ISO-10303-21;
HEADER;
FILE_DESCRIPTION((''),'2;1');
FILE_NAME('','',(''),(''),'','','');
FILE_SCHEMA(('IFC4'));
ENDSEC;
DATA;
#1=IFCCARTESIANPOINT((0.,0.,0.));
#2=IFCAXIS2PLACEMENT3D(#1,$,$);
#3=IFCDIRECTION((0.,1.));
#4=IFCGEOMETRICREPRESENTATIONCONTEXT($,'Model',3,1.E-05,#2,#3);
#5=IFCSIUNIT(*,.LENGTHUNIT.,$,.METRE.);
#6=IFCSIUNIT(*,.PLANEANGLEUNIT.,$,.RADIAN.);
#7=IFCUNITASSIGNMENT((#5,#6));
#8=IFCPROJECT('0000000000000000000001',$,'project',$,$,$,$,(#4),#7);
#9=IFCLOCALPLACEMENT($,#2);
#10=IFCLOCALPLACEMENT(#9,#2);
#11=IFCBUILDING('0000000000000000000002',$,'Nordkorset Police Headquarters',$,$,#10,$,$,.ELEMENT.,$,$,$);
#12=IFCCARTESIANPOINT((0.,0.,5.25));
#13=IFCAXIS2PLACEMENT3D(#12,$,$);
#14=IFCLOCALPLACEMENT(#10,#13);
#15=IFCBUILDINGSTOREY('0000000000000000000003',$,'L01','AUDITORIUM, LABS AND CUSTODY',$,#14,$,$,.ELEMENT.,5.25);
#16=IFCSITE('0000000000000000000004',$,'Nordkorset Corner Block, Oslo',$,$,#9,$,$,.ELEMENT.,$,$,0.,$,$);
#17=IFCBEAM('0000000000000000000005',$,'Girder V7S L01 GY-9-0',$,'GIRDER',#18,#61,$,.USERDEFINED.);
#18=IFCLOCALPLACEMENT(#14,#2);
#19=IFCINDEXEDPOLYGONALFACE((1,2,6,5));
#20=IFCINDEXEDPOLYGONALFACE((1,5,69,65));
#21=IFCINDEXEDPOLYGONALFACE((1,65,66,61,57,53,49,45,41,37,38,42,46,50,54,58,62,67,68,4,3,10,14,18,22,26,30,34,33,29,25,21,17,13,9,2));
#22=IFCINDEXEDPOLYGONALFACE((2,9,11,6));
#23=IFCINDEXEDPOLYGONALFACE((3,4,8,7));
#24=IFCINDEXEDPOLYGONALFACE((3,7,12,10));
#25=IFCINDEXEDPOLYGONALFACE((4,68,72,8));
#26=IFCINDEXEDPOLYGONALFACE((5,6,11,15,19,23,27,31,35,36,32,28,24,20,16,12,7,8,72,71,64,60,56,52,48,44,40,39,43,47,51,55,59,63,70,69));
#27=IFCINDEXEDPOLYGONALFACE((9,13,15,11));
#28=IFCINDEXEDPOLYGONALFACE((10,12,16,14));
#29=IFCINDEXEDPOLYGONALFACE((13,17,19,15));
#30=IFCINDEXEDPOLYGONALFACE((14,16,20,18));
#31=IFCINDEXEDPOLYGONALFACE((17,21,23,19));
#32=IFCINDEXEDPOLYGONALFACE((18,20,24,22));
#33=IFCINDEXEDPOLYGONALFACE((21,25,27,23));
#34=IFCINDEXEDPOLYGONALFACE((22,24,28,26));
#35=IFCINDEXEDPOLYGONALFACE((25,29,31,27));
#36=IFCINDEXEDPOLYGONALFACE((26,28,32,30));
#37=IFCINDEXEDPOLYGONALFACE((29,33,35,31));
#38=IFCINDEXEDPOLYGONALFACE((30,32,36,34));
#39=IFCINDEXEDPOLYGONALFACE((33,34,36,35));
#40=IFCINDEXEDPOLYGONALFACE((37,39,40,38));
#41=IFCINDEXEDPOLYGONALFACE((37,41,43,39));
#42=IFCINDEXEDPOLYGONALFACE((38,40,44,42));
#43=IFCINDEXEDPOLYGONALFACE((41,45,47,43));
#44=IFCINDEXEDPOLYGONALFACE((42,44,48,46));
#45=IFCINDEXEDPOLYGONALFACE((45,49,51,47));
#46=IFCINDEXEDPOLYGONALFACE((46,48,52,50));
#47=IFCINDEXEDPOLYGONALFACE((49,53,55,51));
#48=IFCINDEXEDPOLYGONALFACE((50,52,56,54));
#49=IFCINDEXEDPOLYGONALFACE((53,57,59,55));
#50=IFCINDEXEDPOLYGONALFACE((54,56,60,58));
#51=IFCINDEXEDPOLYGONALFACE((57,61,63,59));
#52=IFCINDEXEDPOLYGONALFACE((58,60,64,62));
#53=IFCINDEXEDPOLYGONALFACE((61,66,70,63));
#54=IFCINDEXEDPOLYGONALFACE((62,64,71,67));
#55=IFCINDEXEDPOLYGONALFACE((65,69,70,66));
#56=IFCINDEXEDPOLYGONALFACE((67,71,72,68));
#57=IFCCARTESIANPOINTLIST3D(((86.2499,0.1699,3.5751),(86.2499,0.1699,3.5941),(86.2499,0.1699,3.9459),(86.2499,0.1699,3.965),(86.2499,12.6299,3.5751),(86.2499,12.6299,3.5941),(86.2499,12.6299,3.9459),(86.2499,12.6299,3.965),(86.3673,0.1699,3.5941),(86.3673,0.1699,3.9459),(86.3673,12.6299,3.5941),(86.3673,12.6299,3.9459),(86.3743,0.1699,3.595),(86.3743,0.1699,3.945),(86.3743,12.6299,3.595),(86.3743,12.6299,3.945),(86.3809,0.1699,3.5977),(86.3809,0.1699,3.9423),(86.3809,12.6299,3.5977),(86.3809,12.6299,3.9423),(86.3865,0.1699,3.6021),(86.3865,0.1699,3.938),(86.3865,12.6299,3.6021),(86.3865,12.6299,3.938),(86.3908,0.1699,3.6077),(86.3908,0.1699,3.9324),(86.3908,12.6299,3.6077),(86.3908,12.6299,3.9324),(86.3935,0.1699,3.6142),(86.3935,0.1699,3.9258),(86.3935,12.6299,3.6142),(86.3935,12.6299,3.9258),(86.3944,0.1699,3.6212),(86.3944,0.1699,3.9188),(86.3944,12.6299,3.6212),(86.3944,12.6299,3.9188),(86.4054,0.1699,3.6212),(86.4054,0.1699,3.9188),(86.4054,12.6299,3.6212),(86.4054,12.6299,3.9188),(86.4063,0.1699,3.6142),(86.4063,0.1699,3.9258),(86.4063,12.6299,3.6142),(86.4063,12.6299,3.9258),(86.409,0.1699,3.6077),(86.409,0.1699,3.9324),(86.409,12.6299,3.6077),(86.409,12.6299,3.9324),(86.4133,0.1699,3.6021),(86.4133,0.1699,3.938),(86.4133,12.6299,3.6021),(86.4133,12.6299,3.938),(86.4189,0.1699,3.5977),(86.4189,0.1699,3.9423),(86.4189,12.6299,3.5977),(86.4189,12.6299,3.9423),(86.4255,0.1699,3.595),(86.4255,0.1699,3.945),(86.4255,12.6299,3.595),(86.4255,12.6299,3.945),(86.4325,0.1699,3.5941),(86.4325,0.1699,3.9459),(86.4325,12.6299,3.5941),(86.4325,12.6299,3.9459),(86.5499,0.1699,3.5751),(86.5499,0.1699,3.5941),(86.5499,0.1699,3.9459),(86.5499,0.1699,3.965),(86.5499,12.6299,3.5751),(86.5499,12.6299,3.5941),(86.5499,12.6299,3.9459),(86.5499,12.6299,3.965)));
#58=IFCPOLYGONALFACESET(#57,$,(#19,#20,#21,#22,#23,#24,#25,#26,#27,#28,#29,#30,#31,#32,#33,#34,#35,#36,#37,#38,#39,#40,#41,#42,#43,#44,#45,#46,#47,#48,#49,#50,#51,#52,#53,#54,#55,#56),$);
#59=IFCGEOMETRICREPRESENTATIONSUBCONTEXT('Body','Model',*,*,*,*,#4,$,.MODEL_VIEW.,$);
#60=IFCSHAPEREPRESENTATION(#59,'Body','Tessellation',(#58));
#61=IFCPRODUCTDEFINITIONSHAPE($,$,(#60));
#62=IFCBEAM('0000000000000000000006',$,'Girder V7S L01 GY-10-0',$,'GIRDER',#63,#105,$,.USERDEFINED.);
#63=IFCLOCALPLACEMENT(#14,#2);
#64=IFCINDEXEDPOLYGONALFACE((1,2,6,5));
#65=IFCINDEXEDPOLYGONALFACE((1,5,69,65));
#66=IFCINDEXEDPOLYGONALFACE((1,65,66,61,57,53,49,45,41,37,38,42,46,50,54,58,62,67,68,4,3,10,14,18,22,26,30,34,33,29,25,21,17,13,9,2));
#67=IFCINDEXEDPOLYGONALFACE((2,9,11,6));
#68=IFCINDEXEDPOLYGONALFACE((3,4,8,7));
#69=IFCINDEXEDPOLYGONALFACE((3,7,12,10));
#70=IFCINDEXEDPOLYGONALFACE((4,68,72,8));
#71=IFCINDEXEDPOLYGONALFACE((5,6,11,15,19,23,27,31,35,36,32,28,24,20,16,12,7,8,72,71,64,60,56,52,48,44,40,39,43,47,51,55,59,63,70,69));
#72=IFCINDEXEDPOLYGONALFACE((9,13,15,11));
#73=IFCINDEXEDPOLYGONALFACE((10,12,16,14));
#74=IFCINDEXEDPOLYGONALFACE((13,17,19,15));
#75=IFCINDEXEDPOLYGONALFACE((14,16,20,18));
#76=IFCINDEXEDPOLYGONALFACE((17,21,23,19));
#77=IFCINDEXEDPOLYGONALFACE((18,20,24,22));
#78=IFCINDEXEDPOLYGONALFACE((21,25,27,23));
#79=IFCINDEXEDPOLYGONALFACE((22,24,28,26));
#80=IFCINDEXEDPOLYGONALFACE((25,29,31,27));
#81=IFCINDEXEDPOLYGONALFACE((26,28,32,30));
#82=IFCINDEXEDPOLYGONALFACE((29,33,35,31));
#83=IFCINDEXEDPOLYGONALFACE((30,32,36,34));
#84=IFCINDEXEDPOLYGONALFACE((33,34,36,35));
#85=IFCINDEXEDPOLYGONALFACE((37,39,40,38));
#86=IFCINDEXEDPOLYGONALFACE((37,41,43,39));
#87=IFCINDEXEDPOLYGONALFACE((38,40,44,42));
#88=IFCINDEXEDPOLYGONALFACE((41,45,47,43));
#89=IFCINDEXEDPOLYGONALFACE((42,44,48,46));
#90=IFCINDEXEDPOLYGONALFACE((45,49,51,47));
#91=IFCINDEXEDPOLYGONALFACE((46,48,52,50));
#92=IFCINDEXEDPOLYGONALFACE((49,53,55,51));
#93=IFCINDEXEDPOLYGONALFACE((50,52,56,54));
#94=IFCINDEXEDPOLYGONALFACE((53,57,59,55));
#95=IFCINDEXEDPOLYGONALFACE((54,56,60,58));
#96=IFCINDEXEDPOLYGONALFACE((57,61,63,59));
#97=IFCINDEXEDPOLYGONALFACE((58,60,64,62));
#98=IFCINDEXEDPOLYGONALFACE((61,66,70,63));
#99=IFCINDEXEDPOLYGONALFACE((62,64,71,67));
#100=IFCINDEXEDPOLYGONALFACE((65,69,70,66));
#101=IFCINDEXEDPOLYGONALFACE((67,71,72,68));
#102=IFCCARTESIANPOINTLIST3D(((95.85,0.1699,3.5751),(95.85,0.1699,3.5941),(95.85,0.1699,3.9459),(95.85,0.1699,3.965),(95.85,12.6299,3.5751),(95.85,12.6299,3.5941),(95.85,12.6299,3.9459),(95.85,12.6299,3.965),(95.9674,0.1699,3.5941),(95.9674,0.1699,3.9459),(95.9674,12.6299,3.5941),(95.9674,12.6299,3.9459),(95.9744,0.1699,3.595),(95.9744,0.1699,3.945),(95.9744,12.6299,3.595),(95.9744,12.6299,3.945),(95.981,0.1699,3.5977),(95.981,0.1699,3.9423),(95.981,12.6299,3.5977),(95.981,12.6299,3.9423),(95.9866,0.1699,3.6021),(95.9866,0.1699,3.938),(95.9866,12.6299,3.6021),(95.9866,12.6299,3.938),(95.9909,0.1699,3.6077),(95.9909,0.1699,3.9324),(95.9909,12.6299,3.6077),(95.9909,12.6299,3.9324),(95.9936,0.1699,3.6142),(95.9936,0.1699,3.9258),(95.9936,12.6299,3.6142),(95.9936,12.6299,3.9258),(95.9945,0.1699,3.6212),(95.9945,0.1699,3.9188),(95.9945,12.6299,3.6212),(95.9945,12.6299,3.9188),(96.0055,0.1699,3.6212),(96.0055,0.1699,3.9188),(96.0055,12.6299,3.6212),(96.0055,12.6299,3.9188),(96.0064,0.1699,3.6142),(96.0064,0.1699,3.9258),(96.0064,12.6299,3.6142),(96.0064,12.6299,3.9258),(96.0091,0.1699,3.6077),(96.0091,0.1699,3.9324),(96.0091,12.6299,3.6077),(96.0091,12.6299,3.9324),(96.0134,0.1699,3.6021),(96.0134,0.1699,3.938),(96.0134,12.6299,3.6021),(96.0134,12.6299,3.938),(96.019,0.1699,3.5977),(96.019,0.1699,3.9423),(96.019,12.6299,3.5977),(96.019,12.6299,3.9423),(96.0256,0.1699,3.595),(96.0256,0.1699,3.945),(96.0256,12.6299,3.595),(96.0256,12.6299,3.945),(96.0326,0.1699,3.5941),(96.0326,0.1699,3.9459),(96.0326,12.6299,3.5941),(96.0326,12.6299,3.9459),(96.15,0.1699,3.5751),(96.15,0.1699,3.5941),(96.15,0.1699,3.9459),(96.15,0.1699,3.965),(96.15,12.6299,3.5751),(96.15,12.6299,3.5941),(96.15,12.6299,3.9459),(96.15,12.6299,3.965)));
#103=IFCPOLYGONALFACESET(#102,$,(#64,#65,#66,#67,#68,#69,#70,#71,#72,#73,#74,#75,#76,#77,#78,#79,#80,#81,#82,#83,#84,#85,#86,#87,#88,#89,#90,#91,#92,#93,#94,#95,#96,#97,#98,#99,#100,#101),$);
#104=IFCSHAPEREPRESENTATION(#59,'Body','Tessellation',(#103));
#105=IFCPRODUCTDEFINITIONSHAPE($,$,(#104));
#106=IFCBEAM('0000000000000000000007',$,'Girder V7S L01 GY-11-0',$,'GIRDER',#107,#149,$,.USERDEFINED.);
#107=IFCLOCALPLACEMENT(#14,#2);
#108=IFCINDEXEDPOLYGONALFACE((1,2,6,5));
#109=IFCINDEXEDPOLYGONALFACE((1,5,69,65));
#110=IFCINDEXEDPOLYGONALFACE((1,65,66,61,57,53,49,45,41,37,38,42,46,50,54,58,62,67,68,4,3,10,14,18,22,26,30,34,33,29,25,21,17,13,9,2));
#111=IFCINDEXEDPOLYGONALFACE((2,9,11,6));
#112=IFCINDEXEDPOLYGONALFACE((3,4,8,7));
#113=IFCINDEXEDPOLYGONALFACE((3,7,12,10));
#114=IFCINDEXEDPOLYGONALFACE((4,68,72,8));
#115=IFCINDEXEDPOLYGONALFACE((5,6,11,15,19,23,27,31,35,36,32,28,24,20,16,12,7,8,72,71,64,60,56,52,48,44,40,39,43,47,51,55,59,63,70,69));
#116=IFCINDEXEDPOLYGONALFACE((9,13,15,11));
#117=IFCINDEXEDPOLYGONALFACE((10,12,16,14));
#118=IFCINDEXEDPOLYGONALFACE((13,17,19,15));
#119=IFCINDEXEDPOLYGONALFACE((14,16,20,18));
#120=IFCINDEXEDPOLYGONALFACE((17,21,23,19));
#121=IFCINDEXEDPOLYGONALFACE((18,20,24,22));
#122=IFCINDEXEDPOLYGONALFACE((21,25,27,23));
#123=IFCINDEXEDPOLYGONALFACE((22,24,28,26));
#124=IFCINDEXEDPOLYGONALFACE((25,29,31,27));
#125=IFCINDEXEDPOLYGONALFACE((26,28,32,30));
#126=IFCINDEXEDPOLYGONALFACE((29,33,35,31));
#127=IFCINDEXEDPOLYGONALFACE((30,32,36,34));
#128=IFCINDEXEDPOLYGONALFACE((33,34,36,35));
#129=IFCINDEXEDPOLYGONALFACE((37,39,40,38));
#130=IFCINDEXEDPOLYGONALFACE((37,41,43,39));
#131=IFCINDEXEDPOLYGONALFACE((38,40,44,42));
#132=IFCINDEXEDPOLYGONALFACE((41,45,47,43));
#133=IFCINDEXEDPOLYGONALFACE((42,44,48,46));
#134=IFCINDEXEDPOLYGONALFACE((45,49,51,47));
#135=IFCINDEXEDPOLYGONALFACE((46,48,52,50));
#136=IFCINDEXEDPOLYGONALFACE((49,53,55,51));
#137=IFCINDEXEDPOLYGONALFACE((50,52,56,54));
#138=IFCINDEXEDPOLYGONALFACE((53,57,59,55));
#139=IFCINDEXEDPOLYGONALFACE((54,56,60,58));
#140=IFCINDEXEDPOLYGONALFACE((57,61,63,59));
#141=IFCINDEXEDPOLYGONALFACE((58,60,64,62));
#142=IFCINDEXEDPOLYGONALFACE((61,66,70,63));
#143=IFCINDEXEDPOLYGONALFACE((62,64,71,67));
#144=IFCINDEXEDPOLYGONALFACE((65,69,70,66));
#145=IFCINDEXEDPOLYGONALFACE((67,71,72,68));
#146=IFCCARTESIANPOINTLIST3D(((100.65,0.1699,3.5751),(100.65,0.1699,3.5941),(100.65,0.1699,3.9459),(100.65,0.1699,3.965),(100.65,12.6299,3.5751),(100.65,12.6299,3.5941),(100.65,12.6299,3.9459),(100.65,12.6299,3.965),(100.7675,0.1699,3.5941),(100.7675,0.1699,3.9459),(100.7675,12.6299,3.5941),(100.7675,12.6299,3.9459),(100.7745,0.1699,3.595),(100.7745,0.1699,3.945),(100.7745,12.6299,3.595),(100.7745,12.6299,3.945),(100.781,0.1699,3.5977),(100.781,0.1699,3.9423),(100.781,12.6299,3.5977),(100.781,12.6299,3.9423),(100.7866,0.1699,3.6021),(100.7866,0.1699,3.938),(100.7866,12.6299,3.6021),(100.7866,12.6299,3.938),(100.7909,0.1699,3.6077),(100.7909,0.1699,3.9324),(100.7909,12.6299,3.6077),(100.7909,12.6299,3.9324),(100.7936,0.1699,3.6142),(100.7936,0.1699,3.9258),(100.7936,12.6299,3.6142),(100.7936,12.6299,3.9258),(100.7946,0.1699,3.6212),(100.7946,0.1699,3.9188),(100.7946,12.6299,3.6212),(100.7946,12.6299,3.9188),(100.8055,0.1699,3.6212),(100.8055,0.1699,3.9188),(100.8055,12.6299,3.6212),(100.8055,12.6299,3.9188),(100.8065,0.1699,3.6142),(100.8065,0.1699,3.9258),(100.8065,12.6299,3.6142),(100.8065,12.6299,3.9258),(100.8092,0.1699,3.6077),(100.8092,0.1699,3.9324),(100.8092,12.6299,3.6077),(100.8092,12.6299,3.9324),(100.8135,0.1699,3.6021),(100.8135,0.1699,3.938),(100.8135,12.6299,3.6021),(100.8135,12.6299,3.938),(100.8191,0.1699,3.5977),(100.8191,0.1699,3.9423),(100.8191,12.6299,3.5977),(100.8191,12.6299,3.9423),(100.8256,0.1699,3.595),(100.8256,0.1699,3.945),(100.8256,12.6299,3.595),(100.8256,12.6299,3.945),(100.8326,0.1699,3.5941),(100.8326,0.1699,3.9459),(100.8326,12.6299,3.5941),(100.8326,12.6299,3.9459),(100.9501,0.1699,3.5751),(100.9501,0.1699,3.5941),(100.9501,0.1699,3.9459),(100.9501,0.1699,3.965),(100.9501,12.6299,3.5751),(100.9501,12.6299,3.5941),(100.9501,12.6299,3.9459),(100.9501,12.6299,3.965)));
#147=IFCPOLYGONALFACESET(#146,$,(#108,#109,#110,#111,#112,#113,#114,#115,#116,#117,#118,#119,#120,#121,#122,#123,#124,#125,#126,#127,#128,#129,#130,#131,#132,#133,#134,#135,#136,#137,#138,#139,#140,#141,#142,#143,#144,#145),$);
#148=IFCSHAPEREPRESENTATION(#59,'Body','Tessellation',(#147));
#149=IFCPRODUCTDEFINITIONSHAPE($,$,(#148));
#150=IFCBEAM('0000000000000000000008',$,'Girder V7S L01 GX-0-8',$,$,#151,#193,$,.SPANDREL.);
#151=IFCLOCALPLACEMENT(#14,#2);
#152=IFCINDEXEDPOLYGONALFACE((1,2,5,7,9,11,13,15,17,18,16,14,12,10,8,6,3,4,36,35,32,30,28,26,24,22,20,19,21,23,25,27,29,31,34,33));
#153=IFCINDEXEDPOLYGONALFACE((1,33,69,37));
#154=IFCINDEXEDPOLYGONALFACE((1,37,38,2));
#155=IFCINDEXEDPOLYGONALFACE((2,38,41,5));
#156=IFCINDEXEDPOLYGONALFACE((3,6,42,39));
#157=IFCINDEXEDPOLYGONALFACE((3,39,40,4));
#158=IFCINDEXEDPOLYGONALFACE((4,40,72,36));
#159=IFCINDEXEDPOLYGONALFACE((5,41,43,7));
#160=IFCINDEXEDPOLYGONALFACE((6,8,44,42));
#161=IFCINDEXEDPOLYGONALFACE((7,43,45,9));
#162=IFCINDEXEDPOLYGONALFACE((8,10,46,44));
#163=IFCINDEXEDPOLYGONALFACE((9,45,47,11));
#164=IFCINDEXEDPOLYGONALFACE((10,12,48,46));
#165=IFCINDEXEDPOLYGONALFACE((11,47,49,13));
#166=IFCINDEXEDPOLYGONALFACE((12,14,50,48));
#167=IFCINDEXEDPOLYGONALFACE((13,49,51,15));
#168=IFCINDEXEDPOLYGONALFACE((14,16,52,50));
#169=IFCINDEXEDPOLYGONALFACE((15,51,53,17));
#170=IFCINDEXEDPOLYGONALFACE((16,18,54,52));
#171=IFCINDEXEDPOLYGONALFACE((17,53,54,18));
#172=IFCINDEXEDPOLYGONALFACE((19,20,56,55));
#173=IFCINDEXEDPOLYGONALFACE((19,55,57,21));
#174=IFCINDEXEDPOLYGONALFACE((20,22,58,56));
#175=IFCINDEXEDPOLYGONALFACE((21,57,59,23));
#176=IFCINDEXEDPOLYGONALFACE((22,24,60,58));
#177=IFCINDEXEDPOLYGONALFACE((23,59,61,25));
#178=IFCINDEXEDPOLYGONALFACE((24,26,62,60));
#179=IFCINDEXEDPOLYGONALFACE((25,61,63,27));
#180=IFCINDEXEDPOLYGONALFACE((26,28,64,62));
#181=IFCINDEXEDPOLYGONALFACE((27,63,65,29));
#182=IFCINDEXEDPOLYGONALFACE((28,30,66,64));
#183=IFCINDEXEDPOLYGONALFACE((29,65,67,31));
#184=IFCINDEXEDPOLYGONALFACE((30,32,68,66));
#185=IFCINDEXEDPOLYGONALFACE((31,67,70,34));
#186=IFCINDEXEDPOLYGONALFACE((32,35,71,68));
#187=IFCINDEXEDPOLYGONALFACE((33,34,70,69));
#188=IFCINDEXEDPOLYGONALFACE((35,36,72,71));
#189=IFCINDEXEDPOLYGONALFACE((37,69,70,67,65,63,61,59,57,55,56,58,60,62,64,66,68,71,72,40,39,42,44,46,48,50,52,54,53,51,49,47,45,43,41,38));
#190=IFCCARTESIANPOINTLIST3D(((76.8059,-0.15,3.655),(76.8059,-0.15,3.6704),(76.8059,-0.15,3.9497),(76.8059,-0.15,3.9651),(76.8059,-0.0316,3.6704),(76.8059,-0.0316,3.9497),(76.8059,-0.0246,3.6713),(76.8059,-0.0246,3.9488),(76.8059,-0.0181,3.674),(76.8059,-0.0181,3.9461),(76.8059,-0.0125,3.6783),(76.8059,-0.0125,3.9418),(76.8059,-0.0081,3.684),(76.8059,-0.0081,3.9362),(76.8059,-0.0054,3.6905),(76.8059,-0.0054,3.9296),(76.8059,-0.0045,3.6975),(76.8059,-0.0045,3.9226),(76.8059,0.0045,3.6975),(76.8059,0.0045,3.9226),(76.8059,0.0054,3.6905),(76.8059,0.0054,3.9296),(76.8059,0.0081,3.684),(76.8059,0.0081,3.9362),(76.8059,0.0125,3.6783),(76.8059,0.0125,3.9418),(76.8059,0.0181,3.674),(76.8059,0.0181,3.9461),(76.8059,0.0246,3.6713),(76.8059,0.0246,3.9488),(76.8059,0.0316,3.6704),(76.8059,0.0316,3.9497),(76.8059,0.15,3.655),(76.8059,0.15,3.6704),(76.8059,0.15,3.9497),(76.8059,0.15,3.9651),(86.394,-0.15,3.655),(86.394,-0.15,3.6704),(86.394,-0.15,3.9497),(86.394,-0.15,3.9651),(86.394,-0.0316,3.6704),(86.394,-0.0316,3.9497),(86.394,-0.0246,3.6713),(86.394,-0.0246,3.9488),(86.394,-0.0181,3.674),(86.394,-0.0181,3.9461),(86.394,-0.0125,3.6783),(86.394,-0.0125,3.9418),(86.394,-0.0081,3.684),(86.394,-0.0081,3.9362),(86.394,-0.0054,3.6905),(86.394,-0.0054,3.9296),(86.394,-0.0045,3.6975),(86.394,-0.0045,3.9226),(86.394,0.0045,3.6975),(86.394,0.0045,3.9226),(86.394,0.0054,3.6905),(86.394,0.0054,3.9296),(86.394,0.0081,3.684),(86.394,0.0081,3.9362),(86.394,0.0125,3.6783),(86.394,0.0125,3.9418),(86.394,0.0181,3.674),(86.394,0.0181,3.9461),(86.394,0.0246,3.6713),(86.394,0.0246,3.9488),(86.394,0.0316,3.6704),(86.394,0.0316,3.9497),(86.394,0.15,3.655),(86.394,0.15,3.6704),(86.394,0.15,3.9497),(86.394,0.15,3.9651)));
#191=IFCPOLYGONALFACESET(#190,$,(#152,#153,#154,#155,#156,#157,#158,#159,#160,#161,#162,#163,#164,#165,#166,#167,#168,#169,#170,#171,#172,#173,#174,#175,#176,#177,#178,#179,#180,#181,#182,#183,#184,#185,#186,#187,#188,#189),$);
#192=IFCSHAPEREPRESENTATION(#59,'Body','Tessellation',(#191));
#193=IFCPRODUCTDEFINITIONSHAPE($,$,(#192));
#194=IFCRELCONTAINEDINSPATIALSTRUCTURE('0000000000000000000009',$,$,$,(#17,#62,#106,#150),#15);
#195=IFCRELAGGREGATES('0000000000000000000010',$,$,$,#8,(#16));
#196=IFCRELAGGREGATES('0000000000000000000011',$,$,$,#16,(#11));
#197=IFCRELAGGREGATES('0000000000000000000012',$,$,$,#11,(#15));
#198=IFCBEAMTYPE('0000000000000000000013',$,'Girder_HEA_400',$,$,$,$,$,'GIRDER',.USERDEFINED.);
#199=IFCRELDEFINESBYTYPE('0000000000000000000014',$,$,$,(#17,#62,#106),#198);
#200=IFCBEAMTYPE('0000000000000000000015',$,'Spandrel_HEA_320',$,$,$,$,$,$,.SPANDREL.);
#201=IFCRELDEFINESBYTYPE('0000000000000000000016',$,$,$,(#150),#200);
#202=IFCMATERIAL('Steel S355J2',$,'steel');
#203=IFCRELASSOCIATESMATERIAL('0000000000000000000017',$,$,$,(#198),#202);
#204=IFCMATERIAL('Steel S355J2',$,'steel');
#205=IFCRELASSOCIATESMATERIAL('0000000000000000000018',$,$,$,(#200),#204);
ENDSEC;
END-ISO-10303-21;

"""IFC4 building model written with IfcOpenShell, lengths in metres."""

from ifc_helpers import new_model, si_unit, direction, frame, origin, origin_2d, place, context, subcontext, project, spatial, i_section, extrude, material, material_profile, profile_set, type_object, element, save


model = new_model("IFC4")

# Units and contexts
model_context = context("Model", 3, precision=1e-05, world=origin(), true_north=direction((0.0, 1.0)))
body_context = subcontext(model_context, "Body", "Model", "MODEL_VIEW")
ifc_project = project(units=[si_unit("LENGTHUNIT", "METRE"), si_unit("PLANEANGLEUNIT", "RADIAN")], contexts=[model_context])

# Site, building, storey
site_placement = place(None, origin())
site = spatial("IfcSite", under=ifc_project, at=site_placement, Name="Nordkorset Corner Block, Oslo", CompositionType="ELEMENT", RefElevation=0.0)
building_placement = place(site_placement, origin())
building = spatial("IfcBuilding", under=site, at=building_placement, Name="Nordkorset Police Headquarters", CompositionType="ELEMENT")
storey_placement = place(building_placement, frame((0.0, 0.0, 5.25)))
storey = spatial("IfcBuildingStorey", under=building, at=storey_placement, Name="L01", Description="AUDITORIUM, LABS AND CUSTODY", CompositionType="ELEMENT", Elevation=5.25)

# Beams
ifc_material_1 = material(Name="Steel S355J2", Category="steel")
ifc_material_profile_1 = material_profile(ifc_material_1, i_section(OverallWidth=0.3, OverallDepth=0.3899, WebThickness=0.011, FlangeThickness=0.019, FilletRadius=0.0271, at=origin_2d()), Name="HEA 400")
ifc_profile_set_1 = profile_set([ifc_material_profile_1], Name="Steel S355J2")
beam_type_1 = type_object("IfcBeamType", Name="Girder_HEA_400", ElementType="GIRDER", PredefinedType="USERDEFINED", material=ifc_profile_set_1)
for number, where, z_axis, x_axis, name in (
    (1, (86.3999, 0.1699, 3.77), (0.0, 1.0, 0.0), (-1.0, 0.0, 0.0), "Girder V7S L01 GY-9-0"),
    (2, (96.0, 0.1699, 3.77), (0.0, 1.0, 0.0), (-1.0, 0.0, 0.0), "Girder V7S L01 GY-10-0"),
    (3, (100.8, 0.1699, 3.77), (0.0, 1.0, 0.0), (-1.0, 0.0, 0.0), "Girder V7S L01 GY-11-0"),
):
    element("IfcBeam", number, at=place(storey_placement, frame(where, z_axis=z_axis, x_axis=x_axis)), inside=storey, type_object=beam_type_1, Name=name, ObjectType="GIRDER", PredefinedType="USERDEFINED", context=body_context, shape_type="SweptSolid", body=[
        extrude(i_section(OverallWidth=0.3, OverallDepth=0.3899, WebThickness=0.011, FlangeThickness=0.019, FilletRadius=0.0271, at=origin_2d()), origin(), (0.0, 0.0, 1.0), 12.46),
    ])
ifc_material_2 = material(Name="Steel S355J2", Category="steel")
ifc_material_profile_2 = material_profile(ifc_material_2, i_section(OverallWidth=0.3, OverallDepth=0.3101, WebThickness=0.009, FlangeThickness=0.0154, FilletRadius=0.0271, at=origin_2d()), Name="HEA 320")
ifc_profile_set_2 = profile_set([ifc_material_profile_2], Name="Steel S355J2")
beam_type_2 = type_object("IfcBeamType", Name="Spandrel_HEA_320", PredefinedType="SPANDREL", material=ifc_profile_set_2)
beam_1_placement = place(storey_placement, frame((76.8059, 0.0, 3.8101), z_axis=(1.0, 0.0, 0.0), x_axis=(0.0, 1.0, 0.0)))
element("IfcBeam", 4, at=beam_1_placement, inside=storey, type_object=beam_type_2, Name="Girder V7S L01 GX-0-8", PredefinedType="SPANDREL", context=body_context, shape_type="SweptSolid", body=[
    extrude(i_section(OverallWidth=0.3, OverallDepth=0.3101, WebThickness=0.009, FlangeThickness=0.0154, FilletRadius=0.0271, at=origin_2d()), origin(), (0.0, 0.0, 1.0), 9.5881),
])

save(model, "model.ifc")
